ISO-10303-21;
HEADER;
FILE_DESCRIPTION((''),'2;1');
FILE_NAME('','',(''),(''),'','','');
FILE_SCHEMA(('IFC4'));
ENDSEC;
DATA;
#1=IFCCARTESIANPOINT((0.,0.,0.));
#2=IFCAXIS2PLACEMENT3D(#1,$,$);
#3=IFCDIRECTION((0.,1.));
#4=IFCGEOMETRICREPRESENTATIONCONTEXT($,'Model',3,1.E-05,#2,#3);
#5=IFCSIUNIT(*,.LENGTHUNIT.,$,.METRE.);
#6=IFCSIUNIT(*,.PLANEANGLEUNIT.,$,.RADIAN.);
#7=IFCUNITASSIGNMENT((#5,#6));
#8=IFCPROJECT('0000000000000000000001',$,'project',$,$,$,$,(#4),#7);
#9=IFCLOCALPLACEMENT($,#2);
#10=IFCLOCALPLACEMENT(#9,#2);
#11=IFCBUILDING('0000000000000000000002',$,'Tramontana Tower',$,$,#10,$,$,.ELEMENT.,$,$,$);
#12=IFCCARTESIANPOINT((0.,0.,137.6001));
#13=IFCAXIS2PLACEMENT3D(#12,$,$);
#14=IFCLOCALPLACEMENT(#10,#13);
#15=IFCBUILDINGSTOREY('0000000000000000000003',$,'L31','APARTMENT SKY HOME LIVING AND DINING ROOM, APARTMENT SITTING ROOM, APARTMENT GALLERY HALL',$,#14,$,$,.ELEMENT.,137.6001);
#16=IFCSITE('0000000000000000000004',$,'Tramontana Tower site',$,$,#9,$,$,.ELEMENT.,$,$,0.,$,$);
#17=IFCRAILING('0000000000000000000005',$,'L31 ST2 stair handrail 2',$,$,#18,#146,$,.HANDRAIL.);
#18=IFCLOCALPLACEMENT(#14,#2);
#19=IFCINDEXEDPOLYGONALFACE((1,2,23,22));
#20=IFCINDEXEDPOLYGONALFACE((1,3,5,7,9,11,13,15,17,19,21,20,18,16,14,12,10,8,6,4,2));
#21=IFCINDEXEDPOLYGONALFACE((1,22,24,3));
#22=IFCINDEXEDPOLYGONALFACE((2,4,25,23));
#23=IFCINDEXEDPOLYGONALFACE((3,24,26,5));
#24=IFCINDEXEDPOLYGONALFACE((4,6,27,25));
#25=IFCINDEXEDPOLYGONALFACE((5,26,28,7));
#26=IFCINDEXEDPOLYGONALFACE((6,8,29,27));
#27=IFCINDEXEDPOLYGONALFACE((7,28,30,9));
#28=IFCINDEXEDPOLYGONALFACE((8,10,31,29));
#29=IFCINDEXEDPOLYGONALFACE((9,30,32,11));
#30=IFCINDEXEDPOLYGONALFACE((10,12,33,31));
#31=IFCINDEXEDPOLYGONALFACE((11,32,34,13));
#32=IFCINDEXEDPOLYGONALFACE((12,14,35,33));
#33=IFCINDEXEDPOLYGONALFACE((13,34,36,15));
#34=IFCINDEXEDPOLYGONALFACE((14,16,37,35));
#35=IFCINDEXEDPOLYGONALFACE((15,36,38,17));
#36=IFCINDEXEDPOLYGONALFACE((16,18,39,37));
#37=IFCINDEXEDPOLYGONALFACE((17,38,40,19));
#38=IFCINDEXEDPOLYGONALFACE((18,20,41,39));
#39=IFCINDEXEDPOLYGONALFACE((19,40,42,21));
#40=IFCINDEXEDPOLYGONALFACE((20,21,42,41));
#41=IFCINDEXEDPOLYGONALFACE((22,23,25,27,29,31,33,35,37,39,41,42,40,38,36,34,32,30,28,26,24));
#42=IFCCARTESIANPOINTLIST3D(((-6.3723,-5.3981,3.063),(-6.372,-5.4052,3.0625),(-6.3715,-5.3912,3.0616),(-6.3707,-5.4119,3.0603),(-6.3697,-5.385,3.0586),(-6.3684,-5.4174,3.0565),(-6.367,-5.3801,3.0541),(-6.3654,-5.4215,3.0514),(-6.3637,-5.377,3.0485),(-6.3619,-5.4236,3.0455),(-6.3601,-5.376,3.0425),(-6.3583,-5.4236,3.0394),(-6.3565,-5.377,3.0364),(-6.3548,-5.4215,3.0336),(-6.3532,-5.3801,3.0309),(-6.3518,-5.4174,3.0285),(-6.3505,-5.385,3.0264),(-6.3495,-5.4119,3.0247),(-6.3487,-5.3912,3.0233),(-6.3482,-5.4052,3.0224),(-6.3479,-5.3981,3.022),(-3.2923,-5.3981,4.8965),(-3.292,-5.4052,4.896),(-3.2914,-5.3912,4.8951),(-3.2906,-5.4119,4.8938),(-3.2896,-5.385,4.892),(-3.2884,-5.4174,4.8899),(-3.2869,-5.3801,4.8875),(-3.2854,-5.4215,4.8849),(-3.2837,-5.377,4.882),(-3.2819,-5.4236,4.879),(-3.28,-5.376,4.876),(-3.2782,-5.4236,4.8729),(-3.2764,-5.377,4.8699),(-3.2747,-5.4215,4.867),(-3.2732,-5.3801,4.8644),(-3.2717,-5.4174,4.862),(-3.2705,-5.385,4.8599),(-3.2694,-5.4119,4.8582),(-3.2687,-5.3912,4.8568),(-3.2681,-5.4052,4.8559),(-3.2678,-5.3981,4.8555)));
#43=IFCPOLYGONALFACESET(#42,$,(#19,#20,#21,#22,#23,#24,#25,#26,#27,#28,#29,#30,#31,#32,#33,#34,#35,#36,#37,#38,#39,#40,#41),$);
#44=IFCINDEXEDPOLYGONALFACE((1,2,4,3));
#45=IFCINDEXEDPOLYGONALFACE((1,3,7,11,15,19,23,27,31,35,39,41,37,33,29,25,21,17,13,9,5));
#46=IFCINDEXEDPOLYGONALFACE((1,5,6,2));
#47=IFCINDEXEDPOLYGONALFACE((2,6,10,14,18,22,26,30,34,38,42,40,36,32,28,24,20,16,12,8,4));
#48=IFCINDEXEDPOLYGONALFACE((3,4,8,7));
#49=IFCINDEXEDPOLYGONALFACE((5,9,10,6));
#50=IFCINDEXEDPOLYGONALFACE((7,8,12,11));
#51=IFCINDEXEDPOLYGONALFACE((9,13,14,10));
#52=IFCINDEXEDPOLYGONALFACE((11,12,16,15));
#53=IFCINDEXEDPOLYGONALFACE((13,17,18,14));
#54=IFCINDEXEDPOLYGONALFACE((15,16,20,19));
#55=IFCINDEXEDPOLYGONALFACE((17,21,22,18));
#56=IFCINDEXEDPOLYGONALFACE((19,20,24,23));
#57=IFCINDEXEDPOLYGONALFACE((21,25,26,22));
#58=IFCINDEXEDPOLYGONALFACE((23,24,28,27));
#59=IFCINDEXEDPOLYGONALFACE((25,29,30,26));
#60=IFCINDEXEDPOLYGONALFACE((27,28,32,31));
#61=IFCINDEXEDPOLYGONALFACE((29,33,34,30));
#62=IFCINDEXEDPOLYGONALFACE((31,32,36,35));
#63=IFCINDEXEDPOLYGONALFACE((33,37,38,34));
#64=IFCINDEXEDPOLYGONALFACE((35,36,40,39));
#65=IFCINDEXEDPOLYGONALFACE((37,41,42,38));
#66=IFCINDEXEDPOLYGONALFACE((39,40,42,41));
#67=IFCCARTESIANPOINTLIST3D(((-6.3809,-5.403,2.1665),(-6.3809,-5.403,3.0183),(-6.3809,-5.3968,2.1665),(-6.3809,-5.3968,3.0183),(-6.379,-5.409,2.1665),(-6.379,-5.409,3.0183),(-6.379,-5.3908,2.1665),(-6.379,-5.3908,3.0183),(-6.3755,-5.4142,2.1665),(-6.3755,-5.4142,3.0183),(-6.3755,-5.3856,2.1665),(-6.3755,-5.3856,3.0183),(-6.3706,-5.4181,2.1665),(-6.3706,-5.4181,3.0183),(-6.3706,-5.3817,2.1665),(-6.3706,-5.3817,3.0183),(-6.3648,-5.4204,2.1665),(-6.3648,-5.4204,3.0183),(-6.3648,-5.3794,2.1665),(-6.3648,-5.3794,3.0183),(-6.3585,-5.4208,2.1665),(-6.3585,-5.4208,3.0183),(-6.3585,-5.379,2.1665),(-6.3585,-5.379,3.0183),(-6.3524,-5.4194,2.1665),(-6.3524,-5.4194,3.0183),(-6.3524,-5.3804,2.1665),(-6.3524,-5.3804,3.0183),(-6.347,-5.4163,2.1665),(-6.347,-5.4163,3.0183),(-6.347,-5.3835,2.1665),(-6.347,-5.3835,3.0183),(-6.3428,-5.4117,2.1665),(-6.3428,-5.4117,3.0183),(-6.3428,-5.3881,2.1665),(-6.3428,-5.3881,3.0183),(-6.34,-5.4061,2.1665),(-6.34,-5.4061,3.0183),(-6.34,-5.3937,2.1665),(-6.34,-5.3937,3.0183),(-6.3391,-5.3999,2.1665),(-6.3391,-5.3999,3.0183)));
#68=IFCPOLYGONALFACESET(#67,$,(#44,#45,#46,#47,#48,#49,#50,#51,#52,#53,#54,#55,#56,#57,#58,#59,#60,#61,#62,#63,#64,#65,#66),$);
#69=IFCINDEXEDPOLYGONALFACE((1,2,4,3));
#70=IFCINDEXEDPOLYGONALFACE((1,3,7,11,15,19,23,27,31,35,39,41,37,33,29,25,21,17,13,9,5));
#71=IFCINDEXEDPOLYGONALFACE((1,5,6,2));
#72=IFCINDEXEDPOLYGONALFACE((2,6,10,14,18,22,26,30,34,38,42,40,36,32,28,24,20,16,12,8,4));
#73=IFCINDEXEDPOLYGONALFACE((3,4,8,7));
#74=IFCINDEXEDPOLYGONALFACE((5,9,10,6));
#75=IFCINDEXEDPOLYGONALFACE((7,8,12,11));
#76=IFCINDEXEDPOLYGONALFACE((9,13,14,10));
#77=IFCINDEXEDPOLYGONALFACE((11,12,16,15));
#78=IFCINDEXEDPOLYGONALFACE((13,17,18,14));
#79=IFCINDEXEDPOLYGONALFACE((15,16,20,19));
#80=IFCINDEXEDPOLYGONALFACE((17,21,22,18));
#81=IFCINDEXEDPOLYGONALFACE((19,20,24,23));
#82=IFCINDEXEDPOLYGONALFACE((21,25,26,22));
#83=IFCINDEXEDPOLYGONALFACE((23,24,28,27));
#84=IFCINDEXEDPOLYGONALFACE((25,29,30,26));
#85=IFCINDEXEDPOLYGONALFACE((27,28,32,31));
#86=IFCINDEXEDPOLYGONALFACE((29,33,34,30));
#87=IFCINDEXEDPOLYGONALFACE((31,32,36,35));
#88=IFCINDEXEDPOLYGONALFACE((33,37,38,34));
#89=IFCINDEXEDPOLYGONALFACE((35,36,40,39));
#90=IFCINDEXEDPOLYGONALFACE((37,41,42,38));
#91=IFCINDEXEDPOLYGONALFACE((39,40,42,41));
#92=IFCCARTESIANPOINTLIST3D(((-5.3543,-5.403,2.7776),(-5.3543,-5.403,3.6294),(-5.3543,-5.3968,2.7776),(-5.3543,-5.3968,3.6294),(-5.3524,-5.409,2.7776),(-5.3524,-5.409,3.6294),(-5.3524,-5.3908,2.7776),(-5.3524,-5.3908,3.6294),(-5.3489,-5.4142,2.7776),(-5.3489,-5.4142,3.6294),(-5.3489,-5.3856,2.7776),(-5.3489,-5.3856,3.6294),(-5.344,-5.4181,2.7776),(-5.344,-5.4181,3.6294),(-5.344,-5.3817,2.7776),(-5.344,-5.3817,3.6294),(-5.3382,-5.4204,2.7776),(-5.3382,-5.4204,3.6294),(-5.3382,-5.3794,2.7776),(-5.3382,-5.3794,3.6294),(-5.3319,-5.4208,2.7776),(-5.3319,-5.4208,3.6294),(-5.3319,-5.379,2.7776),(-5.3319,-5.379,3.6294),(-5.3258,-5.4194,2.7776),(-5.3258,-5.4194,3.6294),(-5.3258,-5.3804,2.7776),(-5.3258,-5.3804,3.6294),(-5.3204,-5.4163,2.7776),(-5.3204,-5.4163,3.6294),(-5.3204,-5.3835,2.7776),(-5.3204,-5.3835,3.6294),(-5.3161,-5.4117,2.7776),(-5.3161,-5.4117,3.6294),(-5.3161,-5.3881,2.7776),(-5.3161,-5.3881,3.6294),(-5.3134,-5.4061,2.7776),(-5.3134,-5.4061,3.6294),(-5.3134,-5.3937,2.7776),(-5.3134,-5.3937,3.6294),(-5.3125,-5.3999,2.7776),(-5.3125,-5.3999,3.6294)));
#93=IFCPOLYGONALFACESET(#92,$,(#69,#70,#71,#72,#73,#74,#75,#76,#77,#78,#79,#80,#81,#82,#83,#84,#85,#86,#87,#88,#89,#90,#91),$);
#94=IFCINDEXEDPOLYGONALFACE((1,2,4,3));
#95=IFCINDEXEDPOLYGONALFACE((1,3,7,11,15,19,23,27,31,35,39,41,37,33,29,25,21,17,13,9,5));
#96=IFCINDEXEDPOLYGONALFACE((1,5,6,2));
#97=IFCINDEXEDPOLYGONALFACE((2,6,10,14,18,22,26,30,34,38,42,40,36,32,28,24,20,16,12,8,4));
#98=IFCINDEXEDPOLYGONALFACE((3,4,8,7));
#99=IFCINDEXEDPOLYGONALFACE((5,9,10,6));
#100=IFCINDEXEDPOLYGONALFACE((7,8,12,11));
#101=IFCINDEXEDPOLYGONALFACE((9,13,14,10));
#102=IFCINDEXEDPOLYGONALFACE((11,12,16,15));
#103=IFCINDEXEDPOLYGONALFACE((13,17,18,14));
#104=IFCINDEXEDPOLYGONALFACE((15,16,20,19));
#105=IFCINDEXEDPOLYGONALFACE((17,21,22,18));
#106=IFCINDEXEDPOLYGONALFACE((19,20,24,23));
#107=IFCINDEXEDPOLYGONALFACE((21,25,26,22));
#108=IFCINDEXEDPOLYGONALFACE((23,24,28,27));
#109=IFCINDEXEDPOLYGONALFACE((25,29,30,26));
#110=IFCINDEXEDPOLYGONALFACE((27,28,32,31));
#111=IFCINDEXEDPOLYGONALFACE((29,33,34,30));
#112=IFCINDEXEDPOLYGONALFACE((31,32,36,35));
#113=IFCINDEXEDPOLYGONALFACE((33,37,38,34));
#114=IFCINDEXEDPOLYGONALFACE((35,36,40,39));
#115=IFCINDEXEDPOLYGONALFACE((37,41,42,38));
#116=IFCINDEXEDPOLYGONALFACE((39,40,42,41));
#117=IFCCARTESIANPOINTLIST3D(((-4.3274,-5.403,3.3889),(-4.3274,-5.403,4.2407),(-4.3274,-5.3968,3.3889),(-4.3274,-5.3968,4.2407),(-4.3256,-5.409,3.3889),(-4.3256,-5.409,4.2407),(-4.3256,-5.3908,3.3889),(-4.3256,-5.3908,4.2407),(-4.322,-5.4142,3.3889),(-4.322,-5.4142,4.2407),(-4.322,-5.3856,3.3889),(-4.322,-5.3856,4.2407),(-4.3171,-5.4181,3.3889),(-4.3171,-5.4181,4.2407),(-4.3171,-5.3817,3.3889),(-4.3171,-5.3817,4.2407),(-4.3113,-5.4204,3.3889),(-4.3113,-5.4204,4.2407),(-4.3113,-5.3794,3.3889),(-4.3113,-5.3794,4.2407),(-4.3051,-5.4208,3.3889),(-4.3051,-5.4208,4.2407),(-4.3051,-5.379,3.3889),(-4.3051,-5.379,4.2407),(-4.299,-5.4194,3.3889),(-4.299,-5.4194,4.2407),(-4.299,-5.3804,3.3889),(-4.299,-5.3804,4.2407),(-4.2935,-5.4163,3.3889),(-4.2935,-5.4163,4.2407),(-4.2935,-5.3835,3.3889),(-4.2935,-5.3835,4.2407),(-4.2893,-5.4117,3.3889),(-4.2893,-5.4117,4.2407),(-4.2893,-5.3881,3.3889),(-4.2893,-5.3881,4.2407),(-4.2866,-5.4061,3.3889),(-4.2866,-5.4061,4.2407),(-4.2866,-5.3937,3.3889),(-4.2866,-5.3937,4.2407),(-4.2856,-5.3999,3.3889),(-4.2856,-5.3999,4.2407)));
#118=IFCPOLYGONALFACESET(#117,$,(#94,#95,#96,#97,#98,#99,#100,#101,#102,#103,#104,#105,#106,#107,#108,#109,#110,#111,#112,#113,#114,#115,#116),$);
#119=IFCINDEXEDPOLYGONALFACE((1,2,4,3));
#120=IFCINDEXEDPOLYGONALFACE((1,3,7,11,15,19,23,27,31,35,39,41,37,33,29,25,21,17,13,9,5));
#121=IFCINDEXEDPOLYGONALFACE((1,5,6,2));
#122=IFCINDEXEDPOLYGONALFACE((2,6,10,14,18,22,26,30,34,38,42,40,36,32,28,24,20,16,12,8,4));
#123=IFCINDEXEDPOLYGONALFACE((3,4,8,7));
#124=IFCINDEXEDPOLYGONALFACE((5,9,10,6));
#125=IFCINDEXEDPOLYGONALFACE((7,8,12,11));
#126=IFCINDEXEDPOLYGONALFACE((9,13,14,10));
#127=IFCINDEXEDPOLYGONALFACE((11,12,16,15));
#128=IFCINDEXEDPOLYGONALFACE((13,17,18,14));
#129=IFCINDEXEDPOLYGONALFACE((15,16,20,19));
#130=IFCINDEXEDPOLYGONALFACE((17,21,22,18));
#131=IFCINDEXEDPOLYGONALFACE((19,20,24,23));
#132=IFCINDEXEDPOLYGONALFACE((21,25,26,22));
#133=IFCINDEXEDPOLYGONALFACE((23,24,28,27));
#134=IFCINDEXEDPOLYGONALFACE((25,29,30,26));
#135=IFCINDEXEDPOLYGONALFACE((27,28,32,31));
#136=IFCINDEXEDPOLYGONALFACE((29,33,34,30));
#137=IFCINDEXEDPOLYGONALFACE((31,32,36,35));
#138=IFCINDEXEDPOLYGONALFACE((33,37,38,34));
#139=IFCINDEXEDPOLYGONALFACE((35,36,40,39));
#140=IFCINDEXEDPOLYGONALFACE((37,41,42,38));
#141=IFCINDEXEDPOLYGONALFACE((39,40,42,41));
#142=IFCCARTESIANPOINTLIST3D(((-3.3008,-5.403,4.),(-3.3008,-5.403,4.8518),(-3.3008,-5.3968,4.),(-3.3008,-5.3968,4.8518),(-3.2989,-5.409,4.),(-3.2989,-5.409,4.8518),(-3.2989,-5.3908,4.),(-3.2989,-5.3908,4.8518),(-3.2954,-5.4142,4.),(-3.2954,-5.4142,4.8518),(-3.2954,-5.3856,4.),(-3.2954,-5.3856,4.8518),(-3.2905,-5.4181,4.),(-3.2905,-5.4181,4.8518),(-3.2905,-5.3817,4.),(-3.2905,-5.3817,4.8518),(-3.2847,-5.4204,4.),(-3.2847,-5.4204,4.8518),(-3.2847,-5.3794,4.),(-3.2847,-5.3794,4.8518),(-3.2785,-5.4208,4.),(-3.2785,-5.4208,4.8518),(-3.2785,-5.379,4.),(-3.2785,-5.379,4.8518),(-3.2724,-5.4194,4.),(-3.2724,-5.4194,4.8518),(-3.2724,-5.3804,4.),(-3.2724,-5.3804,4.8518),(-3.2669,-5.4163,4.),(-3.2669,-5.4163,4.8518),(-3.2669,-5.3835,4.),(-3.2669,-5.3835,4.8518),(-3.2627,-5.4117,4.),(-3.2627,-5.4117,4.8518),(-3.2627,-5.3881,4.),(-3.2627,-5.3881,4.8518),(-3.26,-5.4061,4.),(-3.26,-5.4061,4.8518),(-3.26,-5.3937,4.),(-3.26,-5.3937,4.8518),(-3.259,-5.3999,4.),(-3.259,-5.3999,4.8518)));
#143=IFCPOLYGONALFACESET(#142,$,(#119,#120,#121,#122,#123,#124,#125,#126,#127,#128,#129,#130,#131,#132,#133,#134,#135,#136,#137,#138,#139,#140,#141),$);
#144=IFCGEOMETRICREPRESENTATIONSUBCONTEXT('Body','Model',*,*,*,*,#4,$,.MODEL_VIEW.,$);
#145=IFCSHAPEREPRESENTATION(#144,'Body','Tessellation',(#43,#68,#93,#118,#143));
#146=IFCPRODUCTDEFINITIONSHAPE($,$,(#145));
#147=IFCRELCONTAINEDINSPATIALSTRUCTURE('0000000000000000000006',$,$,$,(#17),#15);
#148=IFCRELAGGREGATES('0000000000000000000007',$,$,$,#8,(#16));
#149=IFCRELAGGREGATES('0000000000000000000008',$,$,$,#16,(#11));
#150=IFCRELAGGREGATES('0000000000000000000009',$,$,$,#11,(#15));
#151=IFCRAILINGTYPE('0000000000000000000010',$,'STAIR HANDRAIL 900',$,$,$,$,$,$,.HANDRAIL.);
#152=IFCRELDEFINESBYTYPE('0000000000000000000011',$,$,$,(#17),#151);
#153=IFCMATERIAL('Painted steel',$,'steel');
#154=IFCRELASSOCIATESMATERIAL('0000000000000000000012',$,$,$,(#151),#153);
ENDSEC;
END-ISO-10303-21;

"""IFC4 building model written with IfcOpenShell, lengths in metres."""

from ifc_helpers import new_model, si_unit, direction, frame, origin, origin_2d, place, context, subcontext, project, spatial, circle, extrude, material, type_object, element, save


model = new_model("IFC4")

# Units and contexts
model_context = context("Model", 3, precision=1e-05, world=origin(), true_north=direction((0.0, 1.0)))
body_context = subcontext(model_context, "Body", "Model", "MODEL_VIEW")
ifc_project = project(units=[si_unit("LENGTHUNIT", "METRE"), si_unit("PLANEANGLEUNIT", "RADIAN")], contexts=[model_context])

# Site, building, storey
site_placement = place(None, origin())
site = spatial("IfcSite", under=ifc_project, at=site_placement, Name="Tramontana Tower site", CompositionType="ELEMENT", RefElevation=0.0)
building_placement = place(site_placement, origin())
building = spatial("IfcBuilding", under=site, at=building_placement, Name="Tramontana Tower", CompositionType="ELEMENT")
storey_placement = place(building_placement, frame((0.0, 0.0, 137.6001)))
storey = spatial("IfcBuildingStorey", under=building, at=storey_placement, Name="L31", Description="APARTMENT SKY HOME LIVING AND DINING ROOM, APARTMENT SITTING ROOM, APARTMENT GALLERY HALL", CompositionType="ELEMENT", Elevation=137.6001)

# Railing
ifc_material_1 = material(Name="Painted steel", Category="steel")
railing_type_1 = type_object("IfcRailingType", Name="STAIR HANDRAIL 900", PredefinedType="HANDRAIL", material=ifc_material_1)
railing_1_placement = place(storey_placement, frame((-6.3601, -5.3999, 2.1665)))
element("IfcRailing", 1, at=railing_1_placement, inside=storey, type_object=railing_type_1, Name="L31 ST2 stair handrail 2", PredefinedType="HANDRAIL", context=body_context, shape_type="SweptSolid", body=[
    extrude(circle(Radius=0.0239, at=origin_2d()), frame((0.0, 0.0, 0.876), z_axis=(0.859279, 0.0, 0.511508), x_axis=(0.0, 1.0, 0.0)), (0.0, 0.0, 1.0), 3.5845),
    extrude(circle(Radius=0.021, at=origin_2d()), origin(), (0.0, 0.0, 1.0), 0.8518),
    extrude(circle(Radius=0.021, at=origin_2d()), frame((1.0266, 0.0, 0.6111)), (0.0, 0.0, 1.0), 0.8518),
    extrude(circle(Radius=0.021, at=origin_2d()), frame((2.0535, 0.0, 1.2224)), (0.0, 0.0, 1.0), 0.8518),
    extrude(circle(Radius=0.021, at=origin_2d()), frame((3.0801, 0.0, 1.8335)), (0.0, 0.0, 1.0), 0.8518),
])

save(model, "model.ifc")
